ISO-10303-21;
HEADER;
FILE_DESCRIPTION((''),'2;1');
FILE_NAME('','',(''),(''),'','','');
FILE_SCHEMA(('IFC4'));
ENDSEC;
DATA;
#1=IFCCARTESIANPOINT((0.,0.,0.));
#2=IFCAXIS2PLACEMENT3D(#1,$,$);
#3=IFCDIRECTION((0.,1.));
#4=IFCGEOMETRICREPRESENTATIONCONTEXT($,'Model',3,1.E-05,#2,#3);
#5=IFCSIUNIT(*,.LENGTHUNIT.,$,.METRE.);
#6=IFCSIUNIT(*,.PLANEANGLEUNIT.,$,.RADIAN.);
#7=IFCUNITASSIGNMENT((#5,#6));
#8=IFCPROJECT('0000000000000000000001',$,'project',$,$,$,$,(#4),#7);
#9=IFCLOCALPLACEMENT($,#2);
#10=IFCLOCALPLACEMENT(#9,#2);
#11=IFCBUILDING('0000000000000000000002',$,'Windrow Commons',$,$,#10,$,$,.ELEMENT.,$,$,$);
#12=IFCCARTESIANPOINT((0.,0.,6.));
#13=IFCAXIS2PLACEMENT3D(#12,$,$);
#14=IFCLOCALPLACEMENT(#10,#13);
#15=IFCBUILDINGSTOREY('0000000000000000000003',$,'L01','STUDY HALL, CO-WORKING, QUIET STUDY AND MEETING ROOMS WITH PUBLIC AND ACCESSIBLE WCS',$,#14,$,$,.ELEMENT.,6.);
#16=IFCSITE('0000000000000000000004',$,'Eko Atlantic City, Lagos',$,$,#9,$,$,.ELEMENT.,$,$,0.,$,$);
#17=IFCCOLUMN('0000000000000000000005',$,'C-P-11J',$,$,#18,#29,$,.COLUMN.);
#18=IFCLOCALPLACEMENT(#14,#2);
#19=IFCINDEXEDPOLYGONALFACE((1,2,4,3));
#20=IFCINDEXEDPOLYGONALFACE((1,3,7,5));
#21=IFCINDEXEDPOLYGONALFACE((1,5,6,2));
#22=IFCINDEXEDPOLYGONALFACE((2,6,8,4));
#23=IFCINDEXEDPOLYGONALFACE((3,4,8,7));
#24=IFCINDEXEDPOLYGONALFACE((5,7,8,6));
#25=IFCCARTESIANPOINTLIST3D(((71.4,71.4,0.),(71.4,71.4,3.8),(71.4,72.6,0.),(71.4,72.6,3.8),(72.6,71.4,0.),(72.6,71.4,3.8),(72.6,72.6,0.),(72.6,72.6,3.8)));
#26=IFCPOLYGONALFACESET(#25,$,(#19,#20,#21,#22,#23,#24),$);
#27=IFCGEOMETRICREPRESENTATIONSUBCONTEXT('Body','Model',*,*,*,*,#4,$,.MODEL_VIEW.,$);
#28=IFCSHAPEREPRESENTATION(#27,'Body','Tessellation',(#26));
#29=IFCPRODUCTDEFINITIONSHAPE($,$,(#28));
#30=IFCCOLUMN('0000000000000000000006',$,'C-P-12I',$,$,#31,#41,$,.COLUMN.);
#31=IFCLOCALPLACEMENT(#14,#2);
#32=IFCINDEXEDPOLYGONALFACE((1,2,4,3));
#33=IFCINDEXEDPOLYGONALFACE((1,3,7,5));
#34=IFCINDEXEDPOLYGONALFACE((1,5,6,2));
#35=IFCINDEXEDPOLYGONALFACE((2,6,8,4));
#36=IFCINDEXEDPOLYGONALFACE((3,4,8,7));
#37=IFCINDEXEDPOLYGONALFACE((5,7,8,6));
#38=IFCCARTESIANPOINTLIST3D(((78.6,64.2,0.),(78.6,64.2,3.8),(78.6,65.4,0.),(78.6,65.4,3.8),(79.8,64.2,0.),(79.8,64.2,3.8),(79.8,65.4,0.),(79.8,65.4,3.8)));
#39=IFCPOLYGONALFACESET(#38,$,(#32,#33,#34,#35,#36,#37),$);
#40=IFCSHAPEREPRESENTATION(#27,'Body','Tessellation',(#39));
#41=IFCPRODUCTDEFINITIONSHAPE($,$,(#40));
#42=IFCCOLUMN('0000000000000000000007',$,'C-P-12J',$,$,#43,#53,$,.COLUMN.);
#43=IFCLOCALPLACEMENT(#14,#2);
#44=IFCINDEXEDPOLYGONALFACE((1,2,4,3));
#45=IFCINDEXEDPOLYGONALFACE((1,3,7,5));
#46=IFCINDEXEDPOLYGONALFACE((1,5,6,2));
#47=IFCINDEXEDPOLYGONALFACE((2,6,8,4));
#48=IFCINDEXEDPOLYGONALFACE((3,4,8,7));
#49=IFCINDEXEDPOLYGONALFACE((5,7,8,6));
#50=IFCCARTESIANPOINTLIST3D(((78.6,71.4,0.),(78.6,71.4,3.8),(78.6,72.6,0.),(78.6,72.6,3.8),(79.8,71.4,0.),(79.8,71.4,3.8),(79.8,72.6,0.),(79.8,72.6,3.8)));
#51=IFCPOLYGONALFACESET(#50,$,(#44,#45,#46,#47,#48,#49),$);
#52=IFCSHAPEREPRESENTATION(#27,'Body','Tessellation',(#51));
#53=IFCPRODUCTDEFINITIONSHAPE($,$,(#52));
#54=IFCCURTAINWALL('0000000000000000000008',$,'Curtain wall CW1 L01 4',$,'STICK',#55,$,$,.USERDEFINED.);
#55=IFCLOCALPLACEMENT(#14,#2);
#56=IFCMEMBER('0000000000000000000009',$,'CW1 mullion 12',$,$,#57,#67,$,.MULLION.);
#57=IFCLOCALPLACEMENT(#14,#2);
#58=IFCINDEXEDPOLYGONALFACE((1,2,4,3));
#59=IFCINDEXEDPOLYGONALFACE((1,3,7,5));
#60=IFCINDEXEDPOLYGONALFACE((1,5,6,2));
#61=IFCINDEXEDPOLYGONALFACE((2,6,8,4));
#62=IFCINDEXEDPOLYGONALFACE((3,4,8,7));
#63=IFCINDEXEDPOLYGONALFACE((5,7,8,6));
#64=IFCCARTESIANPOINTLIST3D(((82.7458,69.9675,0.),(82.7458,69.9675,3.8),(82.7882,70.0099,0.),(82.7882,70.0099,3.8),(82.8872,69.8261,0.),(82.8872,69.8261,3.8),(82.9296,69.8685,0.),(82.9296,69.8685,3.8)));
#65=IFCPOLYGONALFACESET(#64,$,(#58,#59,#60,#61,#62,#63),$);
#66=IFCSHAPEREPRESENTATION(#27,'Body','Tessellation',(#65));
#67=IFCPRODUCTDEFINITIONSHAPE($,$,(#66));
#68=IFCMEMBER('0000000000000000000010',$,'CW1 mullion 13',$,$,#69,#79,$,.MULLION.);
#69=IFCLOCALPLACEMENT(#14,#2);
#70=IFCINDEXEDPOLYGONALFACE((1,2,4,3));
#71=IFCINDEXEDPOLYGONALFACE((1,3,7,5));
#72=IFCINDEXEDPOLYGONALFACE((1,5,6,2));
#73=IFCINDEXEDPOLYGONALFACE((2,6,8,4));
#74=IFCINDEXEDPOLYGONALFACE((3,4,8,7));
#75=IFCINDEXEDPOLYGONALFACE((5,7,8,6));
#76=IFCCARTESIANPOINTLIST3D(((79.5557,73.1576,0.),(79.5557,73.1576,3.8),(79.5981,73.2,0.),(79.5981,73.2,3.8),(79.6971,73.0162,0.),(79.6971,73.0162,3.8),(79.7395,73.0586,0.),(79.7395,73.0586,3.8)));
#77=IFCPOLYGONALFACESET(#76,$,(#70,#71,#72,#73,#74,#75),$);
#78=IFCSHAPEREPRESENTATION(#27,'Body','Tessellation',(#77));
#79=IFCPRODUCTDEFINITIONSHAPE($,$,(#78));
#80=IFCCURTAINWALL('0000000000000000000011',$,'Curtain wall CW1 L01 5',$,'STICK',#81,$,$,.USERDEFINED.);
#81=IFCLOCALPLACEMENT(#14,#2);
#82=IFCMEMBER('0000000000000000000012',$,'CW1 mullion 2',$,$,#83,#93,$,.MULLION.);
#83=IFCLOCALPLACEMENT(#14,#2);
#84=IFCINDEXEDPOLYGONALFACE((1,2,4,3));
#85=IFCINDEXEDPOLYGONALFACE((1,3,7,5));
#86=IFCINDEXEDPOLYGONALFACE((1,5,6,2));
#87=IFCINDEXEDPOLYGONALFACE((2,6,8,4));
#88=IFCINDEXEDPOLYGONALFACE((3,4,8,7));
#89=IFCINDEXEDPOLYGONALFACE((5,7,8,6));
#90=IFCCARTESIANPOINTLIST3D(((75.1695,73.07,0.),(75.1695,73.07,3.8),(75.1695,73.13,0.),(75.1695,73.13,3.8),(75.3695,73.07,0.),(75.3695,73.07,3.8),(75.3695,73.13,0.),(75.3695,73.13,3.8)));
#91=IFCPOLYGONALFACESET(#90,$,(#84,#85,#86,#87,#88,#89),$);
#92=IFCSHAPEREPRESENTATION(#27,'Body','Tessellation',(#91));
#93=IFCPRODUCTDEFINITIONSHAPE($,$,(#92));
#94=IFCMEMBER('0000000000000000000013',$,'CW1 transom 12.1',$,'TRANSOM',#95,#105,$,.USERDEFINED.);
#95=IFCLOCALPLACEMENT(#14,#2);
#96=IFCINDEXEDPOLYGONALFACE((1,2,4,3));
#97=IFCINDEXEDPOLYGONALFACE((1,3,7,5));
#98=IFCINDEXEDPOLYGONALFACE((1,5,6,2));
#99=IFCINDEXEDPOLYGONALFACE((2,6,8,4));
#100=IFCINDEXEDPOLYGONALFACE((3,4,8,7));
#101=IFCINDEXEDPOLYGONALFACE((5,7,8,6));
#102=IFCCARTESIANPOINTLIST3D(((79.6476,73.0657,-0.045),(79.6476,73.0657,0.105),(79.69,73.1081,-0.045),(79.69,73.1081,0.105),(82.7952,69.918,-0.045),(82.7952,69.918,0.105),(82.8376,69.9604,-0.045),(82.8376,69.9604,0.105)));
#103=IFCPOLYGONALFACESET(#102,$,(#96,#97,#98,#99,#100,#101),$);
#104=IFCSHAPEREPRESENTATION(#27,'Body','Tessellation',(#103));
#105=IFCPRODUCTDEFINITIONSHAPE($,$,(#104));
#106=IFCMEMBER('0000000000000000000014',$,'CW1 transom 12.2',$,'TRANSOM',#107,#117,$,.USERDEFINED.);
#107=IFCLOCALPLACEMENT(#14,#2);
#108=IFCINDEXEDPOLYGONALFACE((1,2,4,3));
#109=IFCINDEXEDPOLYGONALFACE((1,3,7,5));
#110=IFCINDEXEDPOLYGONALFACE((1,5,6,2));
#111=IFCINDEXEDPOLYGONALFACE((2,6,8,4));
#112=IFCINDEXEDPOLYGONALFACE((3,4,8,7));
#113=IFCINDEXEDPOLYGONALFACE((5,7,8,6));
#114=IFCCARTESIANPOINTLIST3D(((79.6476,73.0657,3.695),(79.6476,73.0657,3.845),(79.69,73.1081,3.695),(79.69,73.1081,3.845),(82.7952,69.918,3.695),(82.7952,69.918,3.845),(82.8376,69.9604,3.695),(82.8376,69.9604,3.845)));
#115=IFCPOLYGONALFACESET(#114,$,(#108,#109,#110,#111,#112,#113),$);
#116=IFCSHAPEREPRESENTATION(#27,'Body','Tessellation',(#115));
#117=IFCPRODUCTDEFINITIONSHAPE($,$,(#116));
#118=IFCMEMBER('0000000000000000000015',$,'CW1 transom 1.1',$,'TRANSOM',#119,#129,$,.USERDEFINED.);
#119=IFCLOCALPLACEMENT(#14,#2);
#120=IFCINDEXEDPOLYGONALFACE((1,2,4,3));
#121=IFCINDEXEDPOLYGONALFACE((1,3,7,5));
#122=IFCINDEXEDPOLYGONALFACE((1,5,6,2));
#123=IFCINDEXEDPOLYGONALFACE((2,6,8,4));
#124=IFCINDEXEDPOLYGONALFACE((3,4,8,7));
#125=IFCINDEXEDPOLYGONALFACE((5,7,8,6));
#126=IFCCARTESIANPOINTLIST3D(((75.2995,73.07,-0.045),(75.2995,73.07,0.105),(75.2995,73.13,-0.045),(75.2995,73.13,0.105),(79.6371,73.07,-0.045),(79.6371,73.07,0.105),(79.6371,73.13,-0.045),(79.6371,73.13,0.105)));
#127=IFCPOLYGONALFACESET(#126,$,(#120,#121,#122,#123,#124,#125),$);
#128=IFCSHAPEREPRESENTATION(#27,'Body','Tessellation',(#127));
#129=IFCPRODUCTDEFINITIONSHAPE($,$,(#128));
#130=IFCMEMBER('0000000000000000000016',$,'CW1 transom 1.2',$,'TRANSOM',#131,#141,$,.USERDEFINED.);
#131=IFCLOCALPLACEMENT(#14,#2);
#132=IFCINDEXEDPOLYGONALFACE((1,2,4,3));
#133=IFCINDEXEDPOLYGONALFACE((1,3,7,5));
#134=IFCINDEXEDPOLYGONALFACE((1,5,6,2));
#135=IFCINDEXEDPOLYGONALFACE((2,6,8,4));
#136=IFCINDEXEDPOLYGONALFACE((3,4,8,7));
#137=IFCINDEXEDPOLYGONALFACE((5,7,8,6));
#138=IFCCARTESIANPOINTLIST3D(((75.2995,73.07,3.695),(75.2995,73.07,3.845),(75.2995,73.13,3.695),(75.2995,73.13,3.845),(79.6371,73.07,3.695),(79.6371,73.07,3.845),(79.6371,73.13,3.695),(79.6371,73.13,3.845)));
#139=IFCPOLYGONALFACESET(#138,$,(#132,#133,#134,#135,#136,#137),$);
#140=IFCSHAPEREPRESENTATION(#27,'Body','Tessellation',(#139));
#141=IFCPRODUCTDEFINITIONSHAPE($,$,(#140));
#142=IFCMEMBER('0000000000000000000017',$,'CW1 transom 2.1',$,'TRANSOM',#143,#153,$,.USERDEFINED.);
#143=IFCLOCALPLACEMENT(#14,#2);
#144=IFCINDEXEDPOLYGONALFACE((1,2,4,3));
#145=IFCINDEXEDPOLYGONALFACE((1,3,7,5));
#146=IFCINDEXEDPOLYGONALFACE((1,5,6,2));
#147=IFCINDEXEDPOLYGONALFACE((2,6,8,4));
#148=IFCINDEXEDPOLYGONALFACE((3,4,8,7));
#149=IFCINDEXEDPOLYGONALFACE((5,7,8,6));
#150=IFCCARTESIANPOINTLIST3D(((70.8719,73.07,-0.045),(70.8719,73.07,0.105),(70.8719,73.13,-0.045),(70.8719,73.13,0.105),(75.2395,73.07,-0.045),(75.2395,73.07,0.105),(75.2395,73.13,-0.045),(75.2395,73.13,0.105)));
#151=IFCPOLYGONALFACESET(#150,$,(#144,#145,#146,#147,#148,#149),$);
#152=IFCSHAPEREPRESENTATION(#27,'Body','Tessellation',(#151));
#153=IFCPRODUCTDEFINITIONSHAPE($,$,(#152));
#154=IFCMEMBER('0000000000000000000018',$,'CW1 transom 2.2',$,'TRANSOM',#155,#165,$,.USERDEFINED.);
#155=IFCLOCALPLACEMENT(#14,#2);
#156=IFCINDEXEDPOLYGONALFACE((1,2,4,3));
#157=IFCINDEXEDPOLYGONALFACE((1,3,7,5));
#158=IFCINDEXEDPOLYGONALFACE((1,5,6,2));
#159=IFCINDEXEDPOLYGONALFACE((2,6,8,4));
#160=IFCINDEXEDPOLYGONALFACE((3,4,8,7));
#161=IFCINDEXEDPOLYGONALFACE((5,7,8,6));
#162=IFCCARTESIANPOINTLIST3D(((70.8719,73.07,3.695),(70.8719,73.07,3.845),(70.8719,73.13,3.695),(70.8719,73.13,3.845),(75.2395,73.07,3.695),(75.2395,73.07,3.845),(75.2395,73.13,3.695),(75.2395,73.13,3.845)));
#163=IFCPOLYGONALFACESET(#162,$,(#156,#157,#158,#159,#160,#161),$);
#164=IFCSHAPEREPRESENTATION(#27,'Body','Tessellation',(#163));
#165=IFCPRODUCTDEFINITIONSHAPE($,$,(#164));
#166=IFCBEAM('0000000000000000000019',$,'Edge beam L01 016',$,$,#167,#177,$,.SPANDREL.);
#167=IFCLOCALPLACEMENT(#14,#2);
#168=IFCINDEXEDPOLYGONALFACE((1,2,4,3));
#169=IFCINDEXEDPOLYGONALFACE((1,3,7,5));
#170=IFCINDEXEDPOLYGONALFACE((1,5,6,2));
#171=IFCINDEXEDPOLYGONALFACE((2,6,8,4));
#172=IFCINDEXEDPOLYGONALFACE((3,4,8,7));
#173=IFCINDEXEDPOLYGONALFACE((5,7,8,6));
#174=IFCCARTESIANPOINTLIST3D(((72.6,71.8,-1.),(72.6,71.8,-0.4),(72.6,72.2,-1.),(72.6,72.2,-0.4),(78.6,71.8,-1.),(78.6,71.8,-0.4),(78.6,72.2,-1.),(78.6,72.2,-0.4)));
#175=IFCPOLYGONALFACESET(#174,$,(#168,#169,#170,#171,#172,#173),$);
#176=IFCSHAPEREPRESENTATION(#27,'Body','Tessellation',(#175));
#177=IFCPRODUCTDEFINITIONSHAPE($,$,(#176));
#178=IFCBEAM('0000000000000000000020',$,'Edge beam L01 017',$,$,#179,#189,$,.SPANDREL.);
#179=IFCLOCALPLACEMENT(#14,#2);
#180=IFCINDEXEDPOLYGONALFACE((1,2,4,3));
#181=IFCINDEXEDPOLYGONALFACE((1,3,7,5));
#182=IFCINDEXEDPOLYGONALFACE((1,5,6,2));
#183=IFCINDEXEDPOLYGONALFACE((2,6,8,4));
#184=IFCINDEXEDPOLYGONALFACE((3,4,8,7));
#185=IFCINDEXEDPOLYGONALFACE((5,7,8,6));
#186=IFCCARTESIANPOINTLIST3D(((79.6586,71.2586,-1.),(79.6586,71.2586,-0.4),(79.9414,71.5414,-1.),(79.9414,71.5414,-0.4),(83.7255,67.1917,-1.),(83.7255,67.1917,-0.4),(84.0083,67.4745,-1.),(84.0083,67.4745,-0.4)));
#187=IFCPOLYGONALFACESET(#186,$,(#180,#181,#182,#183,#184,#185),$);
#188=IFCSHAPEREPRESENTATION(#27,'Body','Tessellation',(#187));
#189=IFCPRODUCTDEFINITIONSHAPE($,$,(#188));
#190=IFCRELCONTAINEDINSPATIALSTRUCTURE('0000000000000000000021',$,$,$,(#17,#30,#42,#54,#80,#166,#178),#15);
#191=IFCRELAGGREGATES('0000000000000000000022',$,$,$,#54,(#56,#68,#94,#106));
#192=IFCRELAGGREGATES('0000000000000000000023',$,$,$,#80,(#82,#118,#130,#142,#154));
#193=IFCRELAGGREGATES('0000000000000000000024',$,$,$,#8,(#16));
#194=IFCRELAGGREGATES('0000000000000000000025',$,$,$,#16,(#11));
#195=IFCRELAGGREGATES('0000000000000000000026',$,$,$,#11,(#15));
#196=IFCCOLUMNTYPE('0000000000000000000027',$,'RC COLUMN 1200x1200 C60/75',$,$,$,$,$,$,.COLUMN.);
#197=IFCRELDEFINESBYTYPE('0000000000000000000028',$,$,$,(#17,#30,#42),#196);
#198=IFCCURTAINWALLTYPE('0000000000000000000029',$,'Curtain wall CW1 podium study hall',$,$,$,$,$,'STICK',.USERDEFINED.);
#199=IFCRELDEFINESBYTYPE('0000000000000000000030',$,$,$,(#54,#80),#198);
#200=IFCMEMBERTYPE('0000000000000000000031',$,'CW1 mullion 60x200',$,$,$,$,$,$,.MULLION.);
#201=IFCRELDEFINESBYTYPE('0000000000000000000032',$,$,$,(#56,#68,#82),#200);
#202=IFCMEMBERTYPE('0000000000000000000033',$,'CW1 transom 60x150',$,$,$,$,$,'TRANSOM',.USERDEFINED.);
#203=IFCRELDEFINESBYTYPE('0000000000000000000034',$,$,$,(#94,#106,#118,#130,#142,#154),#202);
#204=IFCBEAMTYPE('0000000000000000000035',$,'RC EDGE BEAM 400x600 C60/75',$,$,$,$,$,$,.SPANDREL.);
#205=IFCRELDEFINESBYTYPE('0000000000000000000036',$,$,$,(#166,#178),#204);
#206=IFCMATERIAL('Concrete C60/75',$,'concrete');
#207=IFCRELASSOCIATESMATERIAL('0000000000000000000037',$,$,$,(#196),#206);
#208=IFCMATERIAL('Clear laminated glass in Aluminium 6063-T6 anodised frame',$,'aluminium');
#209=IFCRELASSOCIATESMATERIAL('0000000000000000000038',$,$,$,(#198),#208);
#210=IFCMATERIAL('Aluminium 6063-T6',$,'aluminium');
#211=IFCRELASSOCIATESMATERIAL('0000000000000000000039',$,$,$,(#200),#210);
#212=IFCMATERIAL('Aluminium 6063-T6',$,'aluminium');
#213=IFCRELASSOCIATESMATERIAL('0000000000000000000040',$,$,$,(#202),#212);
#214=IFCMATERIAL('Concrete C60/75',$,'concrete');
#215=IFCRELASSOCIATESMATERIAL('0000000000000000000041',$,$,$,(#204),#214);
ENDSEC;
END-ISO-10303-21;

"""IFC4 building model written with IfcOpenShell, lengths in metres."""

from ifc_helpers import new_model, si_unit, direction, frame, origin, origin_2d, place, context, subcontext, project, spatial, rectangle, extrude, material, material_profile, profile_set, type_object, element, aggregate, save


model = new_model("IFC4")

# Units and contexts
model_context = context("Model", 3, precision=1e-05, world=origin(), true_north=direction((0.0, 1.0)))
body_context = subcontext(model_context, "Body", "Model", "MODEL_VIEW")
ifc_project = project(units=[si_unit("LENGTHUNIT", "METRE"), si_unit("PLANEANGLEUNIT", "RADIAN")], contexts=[model_context])

# Site, building, storey
site_placement = place(None, origin())
site = spatial("IfcSite", under=ifc_project, at=site_placement, Name="Eko Atlantic City, Lagos", CompositionType="ELEMENT", RefElevation=0.0)
building_placement = place(site_placement, origin())
building = spatial("IfcBuilding", under=site, at=building_placement, Name="Windrow Commons", CompositionType="ELEMENT")
storey_placement = place(building_placement, frame((0.0, 0.0, 6.0)))
storey = spatial("IfcBuildingStorey", under=building, at=storey_placement, Name="L01", Description="STUDY HALL, CO-WORKING, QUIET STUDY AND MEETING ROOMS WITH PUBLIC AND ACCESSIBLE WCS", CompositionType="ELEMENT", Elevation=6.0)

# Columns
ifc_material_1 = material(Name="Concrete C60/75", Category="concrete")
ifc_material_profile_1 = material_profile(ifc_material_1, rectangle(XDim=1.2, YDim=1.2, at=origin_2d()))
ifc_profile_set_1 = profile_set([ifc_material_profile_1], Name="Concrete C60/75")
column_type = type_object("IfcColumnType", Name="RC COLUMN 1200x1200 C60/75", PredefinedType="COLUMN", material=ifc_profile_set_1)
for number, where, z_axis, x_axis, name in (
    (1, (72.0, 72.0, 0.0), (0.0, 0.0, 1.0), (1.0, 0.0, 0.0), "C-P-11J"),
    (2, (79.2, 64.8, 0.0), (0.0, 0.0, 1.0), (1.0, 0.0, 0.0), "C-P-12I"),
    (3, (79.2, 72.0, 0.0), (0.0, 0.0, 1.0), (1.0, 0.0, 0.0), "C-P-12J"),
):
    element("IfcColumn", number, at=place(storey_placement, frame(where, z_axis=z_axis, x_axis=x_axis)), inside=storey, type_object=column_type, Name=name, PredefinedType="COLUMN", context=body_context, shape_type="SweptSolid", body=[
        extrude(rectangle(XDim=1.2, YDim=1.2, at=origin_2d()), origin(), (0.0, 0.0, 1.0), 3.8),
    ])

# Curtain wall, members
ifc_material_2 = material(Name="Clear laminated glass in Aluminium 6063-T6 anodised frame", Category="aluminium")
curtain_wall_type = type_object("IfcCurtainWallType", Name="Curtain wall CW1 podium study hall", ElementType="STICK", PredefinedType="USERDEFINED", material=ifc_material_2)
placement = place(storey_placement, origin())
curtain_wall_1 = element("IfcCurtainWall", 4, at=placement, inside=storey, type_object=curtain_wall_type, Name="Curtain wall CW1 L01 4", ObjectType="STICK", PredefinedType="USERDEFINED")
ifc_material_3 = material(Name="Aluminium 6063-T6", Category="aluminium")
ifc_material_profile_2 = material_profile(ifc_material_3, rectangle(XDim=0.06, YDim=0.2, at=origin_2d()))
ifc_profile_set_2 = profile_set([ifc_material_profile_2], Name="Aluminium 6063-T6")
member_type_1 = type_object("IfcMemberType", Name="CW1 mullion 60x200", PredefinedType="MULLION", material=ifc_profile_set_2)
member_1_placement = place(storey_placement, frame((82.8377, 69.918, 0.0), z_axis=(0.0, 0.0, 1.0), x_axis=(-0.707107, -0.707107, 0.0)))
member_1 = element("IfcMember", 5, at=member_1_placement, type_object=member_type_1, Name="CW1 mullion 12", PredefinedType="MULLION", context=body_context, shape_type="SweptSolid", body=[
    extrude(rectangle(XDim=0.06, YDim=0.2, at=origin_2d()), origin(), (0.0, 0.0, 1.0), 3.8),
])
member_2_placement = place(storey_placement, frame((79.6476, 73.1081, 0.0), z_axis=(0.0, 0.0, 1.0), x_axis=(-0.707107, -0.707107, 0.0)))
member_2 = element("IfcMember", 6, at=member_2_placement, type_object=member_type_1, Name="CW1 mullion 13", PredefinedType="MULLION", context=body_context, shape_type="SweptSolid", body=[
    extrude(rectangle(XDim=0.06, YDim=0.2, at=origin_2d()), origin(), (0.0, 0.0, 1.0), 3.8),
])

# Curtain wall, member
curtain_wall_2 = element("IfcCurtainWall", 7, at=placement, inside=storey, type_object=curtain_wall_type, Name="Curtain wall CW1 L01 5", ObjectType="STICK", PredefinedType="USERDEFINED")
member_3_placement = place(storey_placement, frame((75.2695, 73.1, 0.0), z_axis=(0.0, 0.0, 1.0), x_axis=(0.0, -1.0, 0.0)))
member_3 = element("IfcMember", 8, at=member_3_placement, type_object=member_type_1, Name="CW1 mullion 2", PredefinedType="MULLION", context=body_context, shape_type="SweptSolid", body=[
    extrude(rectangle(XDim=0.06, YDim=0.2, at=origin_2d()), origin(), (0.0, 0.0, 1.0), 3.8),
])

# Members
ifc_material_4 = material(Name="Aluminium 6063-T6", Category="aluminium")
ifc_material_profile_3 = material_profile(ifc_material_4, rectangle(XDim=0.06, YDim=0.15, at=origin_2d()))
ifc_profile_set_3 = profile_set([ifc_material_profile_3], Name="Aluminium 6063-T6")
member_type_2 = type_object("IfcMemberType", Name="CW1 transom 60x150", ElementType="TRANSOM", PredefinedType="USERDEFINED", material=ifc_profile_set_3)
member_4_placement = place(storey_placement, frame((82.8164, 69.9392, 0.03), z_axis=(-0.707096, 0.707118, 0.0), x_axis=(-0.707118, -0.707096, 0.0)))
member_4 = element("IfcMember", 9, at=member_4_placement, type_object=member_type_2, Name="CW1 transom 12.1", ObjectType="TRANSOM", PredefinedType="USERDEFINED", context=body_context, shape_type="SweptSolid", body=[
    extrude(rectangle(XDim=0.06, YDim=0.15, at=origin_2d()), origin(), (0.0, 0.0, 1.0), 4.4514),
])
member_5_placement = place(storey_placement, frame((82.8164, 69.9392, 3.77), z_axis=(-0.707096, 0.707118, 0.0), x_axis=(-0.707118, -0.707096, 0.0)))
member_5 = element("IfcMember", 10, at=member_5_placement, type_object=member_type_2, Name="CW1 transom 12.2", ObjectType="TRANSOM", PredefinedType="USERDEFINED", context=body_context, shape_type="SweptSolid", body=[
    extrude(rectangle(XDim=0.06, YDim=0.15, at=origin_2d()), origin(), (0.0, 0.0, 1.0), 4.4514),
])
member_6_placement = place(storey_placement, frame((79.6371, 73.1, 0.03), z_axis=(-1.0, 0.0, 0.0), x_axis=(0.0, -1.0, 0.0)))
member_6 = element("IfcMember", 11, at=member_6_placement, type_object=member_type_2, Name="CW1 transom 1.1", ObjectType="TRANSOM", PredefinedType="USERDEFINED", context=body_context, shape_type="SweptSolid", body=[
    extrude(rectangle(XDim=0.06, YDim=0.15, at=origin_2d()), origin(), (0.0, 0.0, 1.0), 4.3376),
])
member_7_placement = place(storey_placement, frame((79.6371, 73.1, 3.77), z_axis=(-1.0, 0.0, 0.0), x_axis=(0.0, -1.0, 0.0)))
member_7 = element("IfcMember", 12, at=member_7_placement, type_object=member_type_2, Name="CW1 transom 1.2", ObjectType="TRANSOM", PredefinedType="USERDEFINED", context=body_context, shape_type="SweptSolid", body=[
    extrude(rectangle(XDim=0.06, YDim=0.15, at=origin_2d()), origin(), (0.0, 0.0, 1.0), 4.3376),
])
member_8_placement = place(storey_placement, frame((75.2395, 73.1, 0.03), z_axis=(-1.0, 0.0, 0.0), x_axis=(0.0, -1.0, 0.0)))
member_8 = element("IfcMember", 13, at=member_8_placement, type_object=member_type_2, Name="CW1 transom 2.1", ObjectType="TRANSOM", PredefinedType="USERDEFINED", context=body_context, shape_type="SweptSolid", body=[
    extrude(rectangle(XDim=0.06, YDim=0.15, at=origin_2d()), origin(), (0.0, 0.0, 1.0), 4.3676),
])
member_9_placement = place(storey_placement, frame((75.2395, 73.1, 3.77), z_axis=(-1.0, 0.0, 0.0), x_axis=(0.0, -1.0, 0.0)))
member_9 = element("IfcMember", 14, at=member_9_placement, type_object=member_type_2, Name="CW1 transom 2.2", ObjectType="TRANSOM", PredefinedType="USERDEFINED", context=body_context, shape_type="SweptSolid", body=[
    extrude(rectangle(XDim=0.06, YDim=0.15, at=origin_2d()), origin(), (0.0, 0.0, 1.0), 4.3676),
])

# Beams
ifc_material_5 = material(Name="Concrete C60/75", Category="concrete")
ifc_material_profile_4 = material_profile(ifc_material_5, rectangle(XDim=0.4, YDim=0.6, at=origin_2d()))
ifc_profile_set_4 = profile_set([ifc_material_profile_4], Name="Concrete C60/75")
beam_type = type_object("IfcBeamType", Name="RC EDGE BEAM 400x600 C60/75", PredefinedType="SPANDREL", material=ifc_profile_set_4)
beam_1_placement = place(storey_placement, frame((72.6, 72.0, -0.7), z_axis=(1.0, 0.0, 0.0), x_axis=(0.0, 1.0, 0.0)))
element("IfcBeam", 15, at=beam_1_placement, inside=storey, type_object=beam_type, Name="Edge beam L01 016", PredefinedType="SPANDREL", context=body_context, shape_type="SweptSolid", body=[
    extrude(rectangle(XDim=0.4, YDim=0.6, at=origin_2d()), origin(), (0.0, 0.0, 1.0), 6.0),
])
beam_2_placement = place(storey_placement, frame((79.8, 71.4, -0.7), z_axis=(0.707107, -0.707107, 0.0), x_axis=(0.707107, 0.707107, 0.0)))
element("IfcBeam", 16, at=beam_2_placement, inside=storey, type_object=beam_type, Name="Edge beam L01 017", PredefinedType="SPANDREL", context=body_context, shape_type="SweptSolid", body=[
    extrude(rectangle(XDim=0.4, YDim=0.6, at=origin_2d()), origin(), (0.0, 0.0, 1.0), 5.7515),
])

aggregate(curtain_wall_1, [member_1, member_2, member_4, member_5])
aggregate(curtain_wall_2, [member_3, member_6, member_7, member_8, member_9])

save(model, "model.ifc")
